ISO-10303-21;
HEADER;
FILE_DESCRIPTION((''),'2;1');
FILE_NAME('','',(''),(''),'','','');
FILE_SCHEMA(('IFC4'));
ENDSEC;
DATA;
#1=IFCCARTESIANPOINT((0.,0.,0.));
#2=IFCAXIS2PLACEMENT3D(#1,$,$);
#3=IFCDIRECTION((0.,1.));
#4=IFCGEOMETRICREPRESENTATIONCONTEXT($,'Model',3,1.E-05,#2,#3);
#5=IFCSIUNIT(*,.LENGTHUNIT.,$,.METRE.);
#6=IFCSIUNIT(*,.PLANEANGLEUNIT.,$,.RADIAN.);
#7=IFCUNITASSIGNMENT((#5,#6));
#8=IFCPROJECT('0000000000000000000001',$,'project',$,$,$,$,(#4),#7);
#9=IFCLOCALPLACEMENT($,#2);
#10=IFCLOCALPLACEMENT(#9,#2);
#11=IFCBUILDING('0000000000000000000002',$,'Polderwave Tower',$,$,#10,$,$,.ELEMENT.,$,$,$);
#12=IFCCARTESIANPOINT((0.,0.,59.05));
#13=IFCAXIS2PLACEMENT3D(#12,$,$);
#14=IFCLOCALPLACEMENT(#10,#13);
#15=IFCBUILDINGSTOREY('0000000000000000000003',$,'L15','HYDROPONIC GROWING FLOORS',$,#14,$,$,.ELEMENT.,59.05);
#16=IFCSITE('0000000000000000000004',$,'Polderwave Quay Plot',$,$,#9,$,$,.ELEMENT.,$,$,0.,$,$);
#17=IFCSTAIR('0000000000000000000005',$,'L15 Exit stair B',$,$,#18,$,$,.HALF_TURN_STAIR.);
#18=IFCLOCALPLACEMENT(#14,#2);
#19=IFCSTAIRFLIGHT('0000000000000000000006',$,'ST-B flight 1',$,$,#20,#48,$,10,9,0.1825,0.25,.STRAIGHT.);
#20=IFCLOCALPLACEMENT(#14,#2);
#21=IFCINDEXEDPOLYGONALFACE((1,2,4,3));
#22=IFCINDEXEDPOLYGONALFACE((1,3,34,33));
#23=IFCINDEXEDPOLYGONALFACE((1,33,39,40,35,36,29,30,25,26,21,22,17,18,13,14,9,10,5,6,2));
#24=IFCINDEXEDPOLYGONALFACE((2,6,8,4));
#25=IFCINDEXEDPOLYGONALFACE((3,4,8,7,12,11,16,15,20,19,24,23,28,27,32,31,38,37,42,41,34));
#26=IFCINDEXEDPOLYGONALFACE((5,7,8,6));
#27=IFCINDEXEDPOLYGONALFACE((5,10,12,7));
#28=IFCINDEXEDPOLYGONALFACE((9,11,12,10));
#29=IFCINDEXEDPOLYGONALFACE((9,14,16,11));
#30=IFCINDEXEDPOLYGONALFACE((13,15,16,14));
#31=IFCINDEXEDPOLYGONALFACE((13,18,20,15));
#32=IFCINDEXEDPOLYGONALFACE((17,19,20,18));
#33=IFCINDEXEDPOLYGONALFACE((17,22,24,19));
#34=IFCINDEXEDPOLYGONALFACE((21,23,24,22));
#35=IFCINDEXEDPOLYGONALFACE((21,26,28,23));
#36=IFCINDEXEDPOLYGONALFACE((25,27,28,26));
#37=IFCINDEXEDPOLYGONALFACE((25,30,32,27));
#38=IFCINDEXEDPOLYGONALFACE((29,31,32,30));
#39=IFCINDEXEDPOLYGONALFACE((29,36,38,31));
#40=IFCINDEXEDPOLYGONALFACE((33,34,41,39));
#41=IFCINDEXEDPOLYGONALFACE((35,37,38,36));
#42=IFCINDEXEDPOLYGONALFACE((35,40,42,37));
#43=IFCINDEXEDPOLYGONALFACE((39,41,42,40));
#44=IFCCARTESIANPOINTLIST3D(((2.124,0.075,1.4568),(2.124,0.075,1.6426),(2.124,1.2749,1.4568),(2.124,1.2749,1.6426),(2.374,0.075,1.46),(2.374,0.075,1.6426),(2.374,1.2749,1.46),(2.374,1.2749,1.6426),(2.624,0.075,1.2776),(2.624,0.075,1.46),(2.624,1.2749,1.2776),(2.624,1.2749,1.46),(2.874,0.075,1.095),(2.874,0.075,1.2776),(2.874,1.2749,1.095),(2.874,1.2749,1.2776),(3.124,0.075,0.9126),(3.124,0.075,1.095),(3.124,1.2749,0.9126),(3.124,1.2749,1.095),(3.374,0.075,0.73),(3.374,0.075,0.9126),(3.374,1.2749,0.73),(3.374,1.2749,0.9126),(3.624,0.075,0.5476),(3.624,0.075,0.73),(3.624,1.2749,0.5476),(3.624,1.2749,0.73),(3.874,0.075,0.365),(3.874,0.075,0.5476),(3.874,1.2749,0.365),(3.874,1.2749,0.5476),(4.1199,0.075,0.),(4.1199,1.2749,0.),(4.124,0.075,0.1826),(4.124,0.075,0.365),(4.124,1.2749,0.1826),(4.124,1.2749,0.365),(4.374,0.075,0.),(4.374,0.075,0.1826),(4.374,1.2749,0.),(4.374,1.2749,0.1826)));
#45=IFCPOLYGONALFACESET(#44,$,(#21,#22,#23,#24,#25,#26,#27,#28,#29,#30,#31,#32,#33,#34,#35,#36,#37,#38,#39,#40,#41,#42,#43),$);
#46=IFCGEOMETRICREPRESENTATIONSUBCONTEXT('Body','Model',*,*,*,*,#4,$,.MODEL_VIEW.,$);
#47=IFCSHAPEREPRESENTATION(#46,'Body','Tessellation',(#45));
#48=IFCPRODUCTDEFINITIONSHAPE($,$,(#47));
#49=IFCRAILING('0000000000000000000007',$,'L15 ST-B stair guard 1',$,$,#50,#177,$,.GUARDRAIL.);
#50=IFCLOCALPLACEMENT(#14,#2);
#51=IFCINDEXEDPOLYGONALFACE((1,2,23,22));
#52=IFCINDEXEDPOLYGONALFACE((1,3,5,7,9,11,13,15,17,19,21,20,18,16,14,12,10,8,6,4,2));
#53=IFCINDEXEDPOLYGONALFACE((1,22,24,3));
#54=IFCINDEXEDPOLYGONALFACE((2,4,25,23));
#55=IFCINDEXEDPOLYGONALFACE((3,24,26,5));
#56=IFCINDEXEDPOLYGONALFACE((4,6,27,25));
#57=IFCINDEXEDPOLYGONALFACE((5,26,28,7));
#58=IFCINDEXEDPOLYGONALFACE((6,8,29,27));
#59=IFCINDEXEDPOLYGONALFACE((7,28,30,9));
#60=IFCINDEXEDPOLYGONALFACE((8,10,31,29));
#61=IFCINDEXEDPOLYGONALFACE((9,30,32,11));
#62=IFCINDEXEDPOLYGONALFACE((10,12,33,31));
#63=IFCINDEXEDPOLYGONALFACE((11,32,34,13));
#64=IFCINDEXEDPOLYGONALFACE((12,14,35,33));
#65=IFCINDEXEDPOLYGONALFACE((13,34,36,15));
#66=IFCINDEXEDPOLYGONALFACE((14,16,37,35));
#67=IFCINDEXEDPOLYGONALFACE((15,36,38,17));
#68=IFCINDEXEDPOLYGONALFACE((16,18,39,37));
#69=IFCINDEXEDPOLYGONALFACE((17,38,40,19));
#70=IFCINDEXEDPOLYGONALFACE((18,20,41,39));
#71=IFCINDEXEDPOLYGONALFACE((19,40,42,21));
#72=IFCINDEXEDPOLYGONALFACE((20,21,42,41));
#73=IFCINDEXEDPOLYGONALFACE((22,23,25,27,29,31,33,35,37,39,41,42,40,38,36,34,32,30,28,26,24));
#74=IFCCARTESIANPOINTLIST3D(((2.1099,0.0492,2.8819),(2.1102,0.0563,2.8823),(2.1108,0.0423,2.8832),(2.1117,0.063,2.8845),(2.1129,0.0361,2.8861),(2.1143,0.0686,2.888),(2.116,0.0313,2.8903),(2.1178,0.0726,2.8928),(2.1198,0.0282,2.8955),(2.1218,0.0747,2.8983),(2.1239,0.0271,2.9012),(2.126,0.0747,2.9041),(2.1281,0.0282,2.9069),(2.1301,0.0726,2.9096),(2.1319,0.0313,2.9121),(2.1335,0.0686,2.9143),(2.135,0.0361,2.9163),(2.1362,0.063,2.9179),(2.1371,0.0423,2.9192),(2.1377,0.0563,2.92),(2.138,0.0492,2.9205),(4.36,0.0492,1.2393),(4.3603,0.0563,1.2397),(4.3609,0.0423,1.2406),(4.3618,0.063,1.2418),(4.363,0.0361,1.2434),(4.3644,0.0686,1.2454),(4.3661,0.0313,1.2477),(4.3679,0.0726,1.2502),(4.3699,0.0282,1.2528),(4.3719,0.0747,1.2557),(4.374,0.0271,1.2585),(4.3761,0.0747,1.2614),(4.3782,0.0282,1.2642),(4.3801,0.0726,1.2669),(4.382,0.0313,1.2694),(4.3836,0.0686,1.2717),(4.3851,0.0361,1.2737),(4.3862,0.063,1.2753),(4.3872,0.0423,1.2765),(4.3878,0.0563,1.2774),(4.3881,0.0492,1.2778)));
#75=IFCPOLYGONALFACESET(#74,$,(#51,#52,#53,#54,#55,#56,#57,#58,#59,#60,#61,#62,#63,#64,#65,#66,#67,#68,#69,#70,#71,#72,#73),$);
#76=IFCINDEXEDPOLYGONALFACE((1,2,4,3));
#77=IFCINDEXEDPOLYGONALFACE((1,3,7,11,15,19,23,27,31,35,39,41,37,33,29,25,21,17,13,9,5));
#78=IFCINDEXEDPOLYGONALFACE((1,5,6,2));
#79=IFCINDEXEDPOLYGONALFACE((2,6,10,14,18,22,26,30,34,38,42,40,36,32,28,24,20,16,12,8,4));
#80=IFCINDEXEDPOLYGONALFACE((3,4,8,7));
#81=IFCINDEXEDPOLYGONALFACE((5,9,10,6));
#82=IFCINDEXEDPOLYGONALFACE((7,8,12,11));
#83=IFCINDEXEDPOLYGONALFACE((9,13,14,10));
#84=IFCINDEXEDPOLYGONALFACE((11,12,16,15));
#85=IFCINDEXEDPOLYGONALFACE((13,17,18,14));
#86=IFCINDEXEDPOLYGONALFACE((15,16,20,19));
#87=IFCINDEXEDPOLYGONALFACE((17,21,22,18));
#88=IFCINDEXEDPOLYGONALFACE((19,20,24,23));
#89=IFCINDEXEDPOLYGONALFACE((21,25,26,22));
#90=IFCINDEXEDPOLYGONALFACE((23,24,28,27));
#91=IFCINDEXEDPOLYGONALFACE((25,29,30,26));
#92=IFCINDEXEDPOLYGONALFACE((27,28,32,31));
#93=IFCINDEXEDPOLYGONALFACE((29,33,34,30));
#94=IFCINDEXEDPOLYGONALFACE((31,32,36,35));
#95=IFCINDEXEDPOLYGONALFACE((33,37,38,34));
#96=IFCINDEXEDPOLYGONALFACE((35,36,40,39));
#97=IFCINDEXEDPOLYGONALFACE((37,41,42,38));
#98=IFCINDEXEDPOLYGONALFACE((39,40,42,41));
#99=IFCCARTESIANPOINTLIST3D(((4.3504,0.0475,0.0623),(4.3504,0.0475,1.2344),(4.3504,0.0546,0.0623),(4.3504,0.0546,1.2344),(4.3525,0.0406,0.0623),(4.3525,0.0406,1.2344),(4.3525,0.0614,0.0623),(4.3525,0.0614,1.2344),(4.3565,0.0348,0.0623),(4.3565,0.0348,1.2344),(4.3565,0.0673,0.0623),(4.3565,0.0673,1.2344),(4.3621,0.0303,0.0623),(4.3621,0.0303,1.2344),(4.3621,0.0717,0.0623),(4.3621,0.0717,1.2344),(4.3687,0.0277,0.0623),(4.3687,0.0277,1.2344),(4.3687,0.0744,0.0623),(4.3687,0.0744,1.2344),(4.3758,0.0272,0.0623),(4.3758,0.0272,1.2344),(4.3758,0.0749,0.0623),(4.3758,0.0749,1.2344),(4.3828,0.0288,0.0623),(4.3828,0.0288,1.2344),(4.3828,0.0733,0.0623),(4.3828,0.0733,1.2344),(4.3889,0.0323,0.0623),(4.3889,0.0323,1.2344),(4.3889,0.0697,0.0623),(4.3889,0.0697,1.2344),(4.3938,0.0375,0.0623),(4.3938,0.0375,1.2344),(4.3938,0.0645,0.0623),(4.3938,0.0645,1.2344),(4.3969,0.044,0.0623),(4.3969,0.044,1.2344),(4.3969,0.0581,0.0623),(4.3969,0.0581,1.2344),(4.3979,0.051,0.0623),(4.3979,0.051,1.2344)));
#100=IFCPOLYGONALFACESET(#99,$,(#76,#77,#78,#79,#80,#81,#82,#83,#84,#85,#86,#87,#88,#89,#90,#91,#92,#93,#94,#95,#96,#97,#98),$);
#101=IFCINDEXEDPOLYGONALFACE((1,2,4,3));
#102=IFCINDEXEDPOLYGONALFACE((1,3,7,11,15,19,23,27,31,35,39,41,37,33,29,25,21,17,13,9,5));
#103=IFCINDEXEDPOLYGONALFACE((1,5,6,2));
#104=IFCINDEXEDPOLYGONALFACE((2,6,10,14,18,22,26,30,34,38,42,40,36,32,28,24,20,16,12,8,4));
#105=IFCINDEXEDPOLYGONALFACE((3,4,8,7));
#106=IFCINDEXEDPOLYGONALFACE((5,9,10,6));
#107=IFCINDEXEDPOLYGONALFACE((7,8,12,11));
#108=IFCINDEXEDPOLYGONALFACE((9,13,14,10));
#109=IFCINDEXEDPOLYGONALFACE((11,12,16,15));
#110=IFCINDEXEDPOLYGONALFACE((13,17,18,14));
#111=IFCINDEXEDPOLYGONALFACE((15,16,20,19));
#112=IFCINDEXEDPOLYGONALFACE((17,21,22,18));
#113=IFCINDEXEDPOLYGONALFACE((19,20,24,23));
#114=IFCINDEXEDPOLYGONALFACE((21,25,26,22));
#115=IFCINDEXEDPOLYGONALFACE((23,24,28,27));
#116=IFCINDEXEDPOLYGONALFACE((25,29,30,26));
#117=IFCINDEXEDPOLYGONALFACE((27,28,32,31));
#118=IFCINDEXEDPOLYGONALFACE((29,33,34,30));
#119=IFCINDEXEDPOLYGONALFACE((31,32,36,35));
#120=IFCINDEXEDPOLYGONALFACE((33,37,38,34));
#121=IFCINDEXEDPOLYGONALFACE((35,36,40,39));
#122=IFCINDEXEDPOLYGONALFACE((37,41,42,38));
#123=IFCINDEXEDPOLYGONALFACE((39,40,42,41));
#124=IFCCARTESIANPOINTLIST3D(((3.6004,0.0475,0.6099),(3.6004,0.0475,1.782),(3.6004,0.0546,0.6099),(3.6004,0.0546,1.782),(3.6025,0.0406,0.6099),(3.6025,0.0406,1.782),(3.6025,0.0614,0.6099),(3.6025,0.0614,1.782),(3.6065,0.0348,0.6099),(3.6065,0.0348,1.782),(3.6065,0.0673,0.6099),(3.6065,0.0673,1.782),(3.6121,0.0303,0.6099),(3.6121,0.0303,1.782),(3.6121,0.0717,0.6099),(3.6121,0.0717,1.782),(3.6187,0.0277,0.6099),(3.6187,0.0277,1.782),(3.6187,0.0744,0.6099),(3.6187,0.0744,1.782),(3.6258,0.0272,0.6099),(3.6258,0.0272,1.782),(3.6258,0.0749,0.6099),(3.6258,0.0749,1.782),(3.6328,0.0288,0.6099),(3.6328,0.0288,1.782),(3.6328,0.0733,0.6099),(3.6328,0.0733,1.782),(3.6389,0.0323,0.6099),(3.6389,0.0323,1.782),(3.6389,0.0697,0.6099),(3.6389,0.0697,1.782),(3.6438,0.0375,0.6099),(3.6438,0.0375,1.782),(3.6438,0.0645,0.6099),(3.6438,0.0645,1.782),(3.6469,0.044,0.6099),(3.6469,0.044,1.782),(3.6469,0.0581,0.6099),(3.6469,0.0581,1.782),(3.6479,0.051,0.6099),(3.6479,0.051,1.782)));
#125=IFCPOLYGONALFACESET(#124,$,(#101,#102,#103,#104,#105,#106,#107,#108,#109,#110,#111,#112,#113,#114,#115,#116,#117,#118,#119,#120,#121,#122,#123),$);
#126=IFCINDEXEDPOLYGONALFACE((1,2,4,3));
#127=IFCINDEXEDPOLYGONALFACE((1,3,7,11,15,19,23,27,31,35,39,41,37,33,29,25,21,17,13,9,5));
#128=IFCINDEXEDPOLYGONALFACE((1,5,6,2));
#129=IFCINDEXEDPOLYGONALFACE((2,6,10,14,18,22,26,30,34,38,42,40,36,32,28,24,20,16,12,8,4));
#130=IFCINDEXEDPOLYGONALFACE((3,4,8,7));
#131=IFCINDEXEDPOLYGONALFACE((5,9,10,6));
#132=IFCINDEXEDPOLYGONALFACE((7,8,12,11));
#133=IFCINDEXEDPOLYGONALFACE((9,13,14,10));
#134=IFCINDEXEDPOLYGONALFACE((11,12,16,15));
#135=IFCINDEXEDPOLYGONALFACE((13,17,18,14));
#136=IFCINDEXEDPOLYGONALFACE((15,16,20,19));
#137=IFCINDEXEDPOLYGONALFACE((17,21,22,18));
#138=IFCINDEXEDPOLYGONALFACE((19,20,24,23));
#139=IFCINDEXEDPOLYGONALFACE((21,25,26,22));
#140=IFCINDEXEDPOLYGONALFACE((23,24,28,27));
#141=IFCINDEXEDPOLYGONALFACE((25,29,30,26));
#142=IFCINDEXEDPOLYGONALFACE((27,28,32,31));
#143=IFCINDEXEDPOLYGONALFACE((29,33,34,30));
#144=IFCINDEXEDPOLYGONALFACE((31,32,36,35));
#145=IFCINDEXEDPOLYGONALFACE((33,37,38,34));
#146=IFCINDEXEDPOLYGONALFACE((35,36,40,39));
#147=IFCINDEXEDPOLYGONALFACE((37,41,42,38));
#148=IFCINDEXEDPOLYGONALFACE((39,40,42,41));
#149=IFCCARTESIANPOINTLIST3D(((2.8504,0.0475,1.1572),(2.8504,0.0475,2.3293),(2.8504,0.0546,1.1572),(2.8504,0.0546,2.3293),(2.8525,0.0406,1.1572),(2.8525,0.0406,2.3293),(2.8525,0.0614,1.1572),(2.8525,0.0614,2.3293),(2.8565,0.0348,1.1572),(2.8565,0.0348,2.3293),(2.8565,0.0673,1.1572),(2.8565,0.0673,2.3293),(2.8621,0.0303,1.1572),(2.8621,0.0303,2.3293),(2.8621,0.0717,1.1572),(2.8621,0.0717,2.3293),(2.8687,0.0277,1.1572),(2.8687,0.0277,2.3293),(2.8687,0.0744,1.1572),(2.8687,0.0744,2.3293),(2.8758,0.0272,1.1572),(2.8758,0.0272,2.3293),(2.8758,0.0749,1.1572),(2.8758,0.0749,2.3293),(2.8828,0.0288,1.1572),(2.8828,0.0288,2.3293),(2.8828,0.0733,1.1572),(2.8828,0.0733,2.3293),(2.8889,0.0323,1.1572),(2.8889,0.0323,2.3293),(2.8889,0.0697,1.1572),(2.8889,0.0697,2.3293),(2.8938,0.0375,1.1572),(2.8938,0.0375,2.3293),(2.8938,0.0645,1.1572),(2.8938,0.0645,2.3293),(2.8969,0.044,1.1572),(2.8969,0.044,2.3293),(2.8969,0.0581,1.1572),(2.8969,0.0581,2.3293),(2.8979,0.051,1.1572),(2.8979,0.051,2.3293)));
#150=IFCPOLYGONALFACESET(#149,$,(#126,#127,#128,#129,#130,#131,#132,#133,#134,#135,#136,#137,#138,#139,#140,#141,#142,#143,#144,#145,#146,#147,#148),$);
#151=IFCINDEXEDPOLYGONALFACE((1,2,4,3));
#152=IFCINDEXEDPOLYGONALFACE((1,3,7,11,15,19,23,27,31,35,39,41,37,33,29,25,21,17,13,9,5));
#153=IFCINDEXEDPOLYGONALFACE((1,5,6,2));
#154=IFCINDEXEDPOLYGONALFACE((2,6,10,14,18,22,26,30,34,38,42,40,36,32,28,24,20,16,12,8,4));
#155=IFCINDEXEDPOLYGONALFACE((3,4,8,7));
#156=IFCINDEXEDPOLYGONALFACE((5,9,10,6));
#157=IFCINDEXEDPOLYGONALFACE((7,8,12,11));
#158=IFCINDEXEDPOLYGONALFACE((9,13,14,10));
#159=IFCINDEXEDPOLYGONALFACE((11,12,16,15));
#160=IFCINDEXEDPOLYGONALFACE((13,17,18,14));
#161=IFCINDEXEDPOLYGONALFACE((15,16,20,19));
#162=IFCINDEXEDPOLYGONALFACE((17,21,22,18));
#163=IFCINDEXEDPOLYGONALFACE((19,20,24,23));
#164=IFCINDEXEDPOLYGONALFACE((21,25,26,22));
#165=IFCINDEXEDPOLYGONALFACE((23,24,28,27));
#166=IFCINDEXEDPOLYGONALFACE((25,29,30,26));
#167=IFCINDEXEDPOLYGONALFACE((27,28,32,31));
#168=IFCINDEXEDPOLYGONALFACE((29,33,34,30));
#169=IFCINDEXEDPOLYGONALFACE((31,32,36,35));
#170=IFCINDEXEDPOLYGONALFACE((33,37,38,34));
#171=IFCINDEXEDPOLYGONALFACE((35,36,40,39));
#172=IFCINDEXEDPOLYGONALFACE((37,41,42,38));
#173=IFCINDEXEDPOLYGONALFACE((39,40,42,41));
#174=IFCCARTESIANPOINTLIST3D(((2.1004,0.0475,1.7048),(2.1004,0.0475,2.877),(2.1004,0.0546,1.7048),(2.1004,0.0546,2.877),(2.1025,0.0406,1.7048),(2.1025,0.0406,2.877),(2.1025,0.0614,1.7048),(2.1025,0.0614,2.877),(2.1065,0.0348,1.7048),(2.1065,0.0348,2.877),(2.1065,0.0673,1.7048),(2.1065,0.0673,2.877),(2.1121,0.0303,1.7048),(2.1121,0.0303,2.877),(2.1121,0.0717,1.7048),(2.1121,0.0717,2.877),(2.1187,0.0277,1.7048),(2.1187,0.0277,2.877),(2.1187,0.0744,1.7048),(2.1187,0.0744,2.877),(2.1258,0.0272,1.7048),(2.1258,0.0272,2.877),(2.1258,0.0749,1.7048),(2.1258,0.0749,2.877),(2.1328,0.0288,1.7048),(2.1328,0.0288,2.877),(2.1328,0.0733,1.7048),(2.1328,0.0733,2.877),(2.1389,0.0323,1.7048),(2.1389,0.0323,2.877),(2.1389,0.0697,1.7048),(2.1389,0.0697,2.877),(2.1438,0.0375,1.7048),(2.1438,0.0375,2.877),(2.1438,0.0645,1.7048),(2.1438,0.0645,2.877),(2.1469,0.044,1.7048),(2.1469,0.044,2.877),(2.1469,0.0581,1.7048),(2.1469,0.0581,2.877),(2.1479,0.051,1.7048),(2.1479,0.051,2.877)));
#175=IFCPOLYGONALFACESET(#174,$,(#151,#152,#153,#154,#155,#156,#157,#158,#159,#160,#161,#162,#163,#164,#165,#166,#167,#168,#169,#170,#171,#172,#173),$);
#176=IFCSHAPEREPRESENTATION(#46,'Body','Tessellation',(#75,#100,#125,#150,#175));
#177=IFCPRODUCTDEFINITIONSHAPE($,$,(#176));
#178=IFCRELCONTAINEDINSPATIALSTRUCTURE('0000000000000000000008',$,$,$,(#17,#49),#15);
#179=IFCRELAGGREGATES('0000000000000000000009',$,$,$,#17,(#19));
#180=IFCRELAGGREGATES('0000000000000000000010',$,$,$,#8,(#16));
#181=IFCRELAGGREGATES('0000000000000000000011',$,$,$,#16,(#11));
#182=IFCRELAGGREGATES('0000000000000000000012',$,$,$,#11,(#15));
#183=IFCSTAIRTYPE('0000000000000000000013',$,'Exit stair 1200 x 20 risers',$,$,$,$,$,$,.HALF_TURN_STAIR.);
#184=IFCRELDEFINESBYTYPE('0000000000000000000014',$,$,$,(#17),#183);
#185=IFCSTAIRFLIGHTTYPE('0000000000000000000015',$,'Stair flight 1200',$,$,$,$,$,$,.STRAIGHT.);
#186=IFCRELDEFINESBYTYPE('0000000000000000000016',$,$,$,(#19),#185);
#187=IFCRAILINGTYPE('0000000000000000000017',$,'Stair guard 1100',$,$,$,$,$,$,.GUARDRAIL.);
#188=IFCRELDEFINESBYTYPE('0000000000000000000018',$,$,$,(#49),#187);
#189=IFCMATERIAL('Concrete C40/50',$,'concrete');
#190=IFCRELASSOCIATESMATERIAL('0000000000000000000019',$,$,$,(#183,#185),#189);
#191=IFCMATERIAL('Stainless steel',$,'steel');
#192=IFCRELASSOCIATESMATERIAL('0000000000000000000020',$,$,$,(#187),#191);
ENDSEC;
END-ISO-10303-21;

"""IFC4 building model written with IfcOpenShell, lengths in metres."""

from ifc_helpers import new_model, si_unit, direction, frame, origin, origin_2d, place, context, subcontext, project, spatial, polyline, circle, outline, extrude, material, type_object, element, aggregate, save


model = new_model("IFC4")

# Units and contexts
model_context = context("Model", 3, precision=1e-05, world=origin(), true_north=direction((0.0, 1.0)))
body_context = subcontext(model_context, "Body", "Model", "MODEL_VIEW")
ifc_project = project(units=[si_unit("LENGTHUNIT", "METRE"), si_unit("PLANEANGLEUNIT", "RADIAN")], contexts=[model_context])

# Site, building, storey
site_placement = place(None, origin())
site = spatial("IfcSite", under=ifc_project, at=site_placement, Name="Polderwave Quay Plot", CompositionType="ELEMENT", RefElevation=0.0)
building_placement = place(site_placement, origin())
building = spatial("IfcBuilding", under=site, at=building_placement, Name="Polderwave Tower", CompositionType="ELEMENT")
storey_placement = place(building_placement, frame((0.0, 0.0, 59.05)))
storey = spatial("IfcBuildingStorey", under=building, at=storey_placement, Name="L15", Description="HYDROPONIC GROWING FLOORS", CompositionType="ELEMENT", Elevation=59.05)

# Stair, stair flight
ifc_material_1 = material(Name="Concrete C40/50", Category="concrete")
stair_type = type_object("IfcStairType", Name="Exit stair 1200 x 20 risers", PredefinedType="HALF_TURN_STAIR", material=ifc_material_1)
stair_placement = place(storey_placement, origin())
stair = element("IfcStair", 1, at=stair_placement, inside=storey, type_object=stair_type, Name="L15 Exit stair B", PredefinedType="HALF_TURN_STAIR")
stair_flight_type = type_object("IfcStairFlightType", Name="Stair flight 1200", PredefinedType="STRAIGHT", material=ifc_material_1)
stair_flight_placement = place(storey_placement, frame((4.374, 0.675, 0.0), z_axis=(0.0, 0.0, 1.0), x_axis=(-1.0, 0.0, 0.0)))
stair_flight = element("IfcStairFlight", 2, at=stair_flight_placement, type_object=stair_flight_type, Name="ST-B flight 1", NumberOfRisers=10, NumberOfTreads=9, PredefinedType="STRAIGHT", RiserHeight=0.1825, TreadLength=0.25, context=body_context, shape_type="SweptSolid", body=[
    extrude(outline(polyline([(0.0, 0.0), (0.0, 0.1826), (0.25, 0.1826), (0.25, 0.365), (0.5, 0.365), (0.5, 0.5476), (0.75, 0.5476), (0.75, 0.73), (1.0, 0.73), (1.0, 0.9126), (1.25, 0.9126), (1.25, 1.095), (1.5, 1.095), (1.5, 1.2776), (1.75, 1.2776), (1.75, 1.46), (2.0, 1.46), (2.0, 1.6426), (2.25, 1.6426), (2.25, 1.825), (2.25, 1.4568), (0.2542, 0.0), (0.0, 0.0)])), frame((0.0, 0.6001, 0.0), z_axis=(0.0, -1.0, 0.0), x_axis=(1.0, 0.0, 0.0)), (0.0, 0.0, 1.0), 1.2),
])
aggregate(stair, [stair_flight])

# Railing
ifc_material_2 = material(Name="Stainless steel", Category="steel")
railing_type_1 = type_object("IfcRailingType", Name="Stair guard 1100", PredefinedType="GUARDRAIL", material=ifc_material_2)
railing_1_placement = place(storey_placement, frame((4.374, 0.051, 0.0623)))
element("IfcRailing", 3, at=railing_1_placement, inside=storey, type_object=railing_type_1, Name="L15 ST-B stair guard 1", PredefinedType="GUARDRAIL", context=body_context, shape_type="SweptSolid", body=[
    extrude(circle(Radius=0.0239, at=origin_2d()), frame((0.0, 0.0, 1.1963), z_axis=(-0.807674, 0.0, 0.58963), x_axis=(0.0, -1.0, 0.0)), (0.0, 0.0, 1.0), 2.7859),
    extrude(circle(Radius=0.0239, at=origin_2d()), origin(), (0.0, 0.0, 1.0), 1.1721),
    extrude(circle(Radius=0.0239, at=origin_2d()), frame((-0.75, 0.0, 0.5476)), (0.0, 0.0, 1.0), 1.1721),
    extrude(circle(Radius=0.0239, at=origin_2d()), frame((-1.5, 0.0, 1.095)), (0.0, 0.0, 1.0), 1.1721),
    extrude(circle(Radius=0.0239, at=origin_2d()), frame((-2.25, 0.0, 1.6426)), (0.0, 0.0, 1.0), 1.1721),
])

save(model, "model.ifc")
